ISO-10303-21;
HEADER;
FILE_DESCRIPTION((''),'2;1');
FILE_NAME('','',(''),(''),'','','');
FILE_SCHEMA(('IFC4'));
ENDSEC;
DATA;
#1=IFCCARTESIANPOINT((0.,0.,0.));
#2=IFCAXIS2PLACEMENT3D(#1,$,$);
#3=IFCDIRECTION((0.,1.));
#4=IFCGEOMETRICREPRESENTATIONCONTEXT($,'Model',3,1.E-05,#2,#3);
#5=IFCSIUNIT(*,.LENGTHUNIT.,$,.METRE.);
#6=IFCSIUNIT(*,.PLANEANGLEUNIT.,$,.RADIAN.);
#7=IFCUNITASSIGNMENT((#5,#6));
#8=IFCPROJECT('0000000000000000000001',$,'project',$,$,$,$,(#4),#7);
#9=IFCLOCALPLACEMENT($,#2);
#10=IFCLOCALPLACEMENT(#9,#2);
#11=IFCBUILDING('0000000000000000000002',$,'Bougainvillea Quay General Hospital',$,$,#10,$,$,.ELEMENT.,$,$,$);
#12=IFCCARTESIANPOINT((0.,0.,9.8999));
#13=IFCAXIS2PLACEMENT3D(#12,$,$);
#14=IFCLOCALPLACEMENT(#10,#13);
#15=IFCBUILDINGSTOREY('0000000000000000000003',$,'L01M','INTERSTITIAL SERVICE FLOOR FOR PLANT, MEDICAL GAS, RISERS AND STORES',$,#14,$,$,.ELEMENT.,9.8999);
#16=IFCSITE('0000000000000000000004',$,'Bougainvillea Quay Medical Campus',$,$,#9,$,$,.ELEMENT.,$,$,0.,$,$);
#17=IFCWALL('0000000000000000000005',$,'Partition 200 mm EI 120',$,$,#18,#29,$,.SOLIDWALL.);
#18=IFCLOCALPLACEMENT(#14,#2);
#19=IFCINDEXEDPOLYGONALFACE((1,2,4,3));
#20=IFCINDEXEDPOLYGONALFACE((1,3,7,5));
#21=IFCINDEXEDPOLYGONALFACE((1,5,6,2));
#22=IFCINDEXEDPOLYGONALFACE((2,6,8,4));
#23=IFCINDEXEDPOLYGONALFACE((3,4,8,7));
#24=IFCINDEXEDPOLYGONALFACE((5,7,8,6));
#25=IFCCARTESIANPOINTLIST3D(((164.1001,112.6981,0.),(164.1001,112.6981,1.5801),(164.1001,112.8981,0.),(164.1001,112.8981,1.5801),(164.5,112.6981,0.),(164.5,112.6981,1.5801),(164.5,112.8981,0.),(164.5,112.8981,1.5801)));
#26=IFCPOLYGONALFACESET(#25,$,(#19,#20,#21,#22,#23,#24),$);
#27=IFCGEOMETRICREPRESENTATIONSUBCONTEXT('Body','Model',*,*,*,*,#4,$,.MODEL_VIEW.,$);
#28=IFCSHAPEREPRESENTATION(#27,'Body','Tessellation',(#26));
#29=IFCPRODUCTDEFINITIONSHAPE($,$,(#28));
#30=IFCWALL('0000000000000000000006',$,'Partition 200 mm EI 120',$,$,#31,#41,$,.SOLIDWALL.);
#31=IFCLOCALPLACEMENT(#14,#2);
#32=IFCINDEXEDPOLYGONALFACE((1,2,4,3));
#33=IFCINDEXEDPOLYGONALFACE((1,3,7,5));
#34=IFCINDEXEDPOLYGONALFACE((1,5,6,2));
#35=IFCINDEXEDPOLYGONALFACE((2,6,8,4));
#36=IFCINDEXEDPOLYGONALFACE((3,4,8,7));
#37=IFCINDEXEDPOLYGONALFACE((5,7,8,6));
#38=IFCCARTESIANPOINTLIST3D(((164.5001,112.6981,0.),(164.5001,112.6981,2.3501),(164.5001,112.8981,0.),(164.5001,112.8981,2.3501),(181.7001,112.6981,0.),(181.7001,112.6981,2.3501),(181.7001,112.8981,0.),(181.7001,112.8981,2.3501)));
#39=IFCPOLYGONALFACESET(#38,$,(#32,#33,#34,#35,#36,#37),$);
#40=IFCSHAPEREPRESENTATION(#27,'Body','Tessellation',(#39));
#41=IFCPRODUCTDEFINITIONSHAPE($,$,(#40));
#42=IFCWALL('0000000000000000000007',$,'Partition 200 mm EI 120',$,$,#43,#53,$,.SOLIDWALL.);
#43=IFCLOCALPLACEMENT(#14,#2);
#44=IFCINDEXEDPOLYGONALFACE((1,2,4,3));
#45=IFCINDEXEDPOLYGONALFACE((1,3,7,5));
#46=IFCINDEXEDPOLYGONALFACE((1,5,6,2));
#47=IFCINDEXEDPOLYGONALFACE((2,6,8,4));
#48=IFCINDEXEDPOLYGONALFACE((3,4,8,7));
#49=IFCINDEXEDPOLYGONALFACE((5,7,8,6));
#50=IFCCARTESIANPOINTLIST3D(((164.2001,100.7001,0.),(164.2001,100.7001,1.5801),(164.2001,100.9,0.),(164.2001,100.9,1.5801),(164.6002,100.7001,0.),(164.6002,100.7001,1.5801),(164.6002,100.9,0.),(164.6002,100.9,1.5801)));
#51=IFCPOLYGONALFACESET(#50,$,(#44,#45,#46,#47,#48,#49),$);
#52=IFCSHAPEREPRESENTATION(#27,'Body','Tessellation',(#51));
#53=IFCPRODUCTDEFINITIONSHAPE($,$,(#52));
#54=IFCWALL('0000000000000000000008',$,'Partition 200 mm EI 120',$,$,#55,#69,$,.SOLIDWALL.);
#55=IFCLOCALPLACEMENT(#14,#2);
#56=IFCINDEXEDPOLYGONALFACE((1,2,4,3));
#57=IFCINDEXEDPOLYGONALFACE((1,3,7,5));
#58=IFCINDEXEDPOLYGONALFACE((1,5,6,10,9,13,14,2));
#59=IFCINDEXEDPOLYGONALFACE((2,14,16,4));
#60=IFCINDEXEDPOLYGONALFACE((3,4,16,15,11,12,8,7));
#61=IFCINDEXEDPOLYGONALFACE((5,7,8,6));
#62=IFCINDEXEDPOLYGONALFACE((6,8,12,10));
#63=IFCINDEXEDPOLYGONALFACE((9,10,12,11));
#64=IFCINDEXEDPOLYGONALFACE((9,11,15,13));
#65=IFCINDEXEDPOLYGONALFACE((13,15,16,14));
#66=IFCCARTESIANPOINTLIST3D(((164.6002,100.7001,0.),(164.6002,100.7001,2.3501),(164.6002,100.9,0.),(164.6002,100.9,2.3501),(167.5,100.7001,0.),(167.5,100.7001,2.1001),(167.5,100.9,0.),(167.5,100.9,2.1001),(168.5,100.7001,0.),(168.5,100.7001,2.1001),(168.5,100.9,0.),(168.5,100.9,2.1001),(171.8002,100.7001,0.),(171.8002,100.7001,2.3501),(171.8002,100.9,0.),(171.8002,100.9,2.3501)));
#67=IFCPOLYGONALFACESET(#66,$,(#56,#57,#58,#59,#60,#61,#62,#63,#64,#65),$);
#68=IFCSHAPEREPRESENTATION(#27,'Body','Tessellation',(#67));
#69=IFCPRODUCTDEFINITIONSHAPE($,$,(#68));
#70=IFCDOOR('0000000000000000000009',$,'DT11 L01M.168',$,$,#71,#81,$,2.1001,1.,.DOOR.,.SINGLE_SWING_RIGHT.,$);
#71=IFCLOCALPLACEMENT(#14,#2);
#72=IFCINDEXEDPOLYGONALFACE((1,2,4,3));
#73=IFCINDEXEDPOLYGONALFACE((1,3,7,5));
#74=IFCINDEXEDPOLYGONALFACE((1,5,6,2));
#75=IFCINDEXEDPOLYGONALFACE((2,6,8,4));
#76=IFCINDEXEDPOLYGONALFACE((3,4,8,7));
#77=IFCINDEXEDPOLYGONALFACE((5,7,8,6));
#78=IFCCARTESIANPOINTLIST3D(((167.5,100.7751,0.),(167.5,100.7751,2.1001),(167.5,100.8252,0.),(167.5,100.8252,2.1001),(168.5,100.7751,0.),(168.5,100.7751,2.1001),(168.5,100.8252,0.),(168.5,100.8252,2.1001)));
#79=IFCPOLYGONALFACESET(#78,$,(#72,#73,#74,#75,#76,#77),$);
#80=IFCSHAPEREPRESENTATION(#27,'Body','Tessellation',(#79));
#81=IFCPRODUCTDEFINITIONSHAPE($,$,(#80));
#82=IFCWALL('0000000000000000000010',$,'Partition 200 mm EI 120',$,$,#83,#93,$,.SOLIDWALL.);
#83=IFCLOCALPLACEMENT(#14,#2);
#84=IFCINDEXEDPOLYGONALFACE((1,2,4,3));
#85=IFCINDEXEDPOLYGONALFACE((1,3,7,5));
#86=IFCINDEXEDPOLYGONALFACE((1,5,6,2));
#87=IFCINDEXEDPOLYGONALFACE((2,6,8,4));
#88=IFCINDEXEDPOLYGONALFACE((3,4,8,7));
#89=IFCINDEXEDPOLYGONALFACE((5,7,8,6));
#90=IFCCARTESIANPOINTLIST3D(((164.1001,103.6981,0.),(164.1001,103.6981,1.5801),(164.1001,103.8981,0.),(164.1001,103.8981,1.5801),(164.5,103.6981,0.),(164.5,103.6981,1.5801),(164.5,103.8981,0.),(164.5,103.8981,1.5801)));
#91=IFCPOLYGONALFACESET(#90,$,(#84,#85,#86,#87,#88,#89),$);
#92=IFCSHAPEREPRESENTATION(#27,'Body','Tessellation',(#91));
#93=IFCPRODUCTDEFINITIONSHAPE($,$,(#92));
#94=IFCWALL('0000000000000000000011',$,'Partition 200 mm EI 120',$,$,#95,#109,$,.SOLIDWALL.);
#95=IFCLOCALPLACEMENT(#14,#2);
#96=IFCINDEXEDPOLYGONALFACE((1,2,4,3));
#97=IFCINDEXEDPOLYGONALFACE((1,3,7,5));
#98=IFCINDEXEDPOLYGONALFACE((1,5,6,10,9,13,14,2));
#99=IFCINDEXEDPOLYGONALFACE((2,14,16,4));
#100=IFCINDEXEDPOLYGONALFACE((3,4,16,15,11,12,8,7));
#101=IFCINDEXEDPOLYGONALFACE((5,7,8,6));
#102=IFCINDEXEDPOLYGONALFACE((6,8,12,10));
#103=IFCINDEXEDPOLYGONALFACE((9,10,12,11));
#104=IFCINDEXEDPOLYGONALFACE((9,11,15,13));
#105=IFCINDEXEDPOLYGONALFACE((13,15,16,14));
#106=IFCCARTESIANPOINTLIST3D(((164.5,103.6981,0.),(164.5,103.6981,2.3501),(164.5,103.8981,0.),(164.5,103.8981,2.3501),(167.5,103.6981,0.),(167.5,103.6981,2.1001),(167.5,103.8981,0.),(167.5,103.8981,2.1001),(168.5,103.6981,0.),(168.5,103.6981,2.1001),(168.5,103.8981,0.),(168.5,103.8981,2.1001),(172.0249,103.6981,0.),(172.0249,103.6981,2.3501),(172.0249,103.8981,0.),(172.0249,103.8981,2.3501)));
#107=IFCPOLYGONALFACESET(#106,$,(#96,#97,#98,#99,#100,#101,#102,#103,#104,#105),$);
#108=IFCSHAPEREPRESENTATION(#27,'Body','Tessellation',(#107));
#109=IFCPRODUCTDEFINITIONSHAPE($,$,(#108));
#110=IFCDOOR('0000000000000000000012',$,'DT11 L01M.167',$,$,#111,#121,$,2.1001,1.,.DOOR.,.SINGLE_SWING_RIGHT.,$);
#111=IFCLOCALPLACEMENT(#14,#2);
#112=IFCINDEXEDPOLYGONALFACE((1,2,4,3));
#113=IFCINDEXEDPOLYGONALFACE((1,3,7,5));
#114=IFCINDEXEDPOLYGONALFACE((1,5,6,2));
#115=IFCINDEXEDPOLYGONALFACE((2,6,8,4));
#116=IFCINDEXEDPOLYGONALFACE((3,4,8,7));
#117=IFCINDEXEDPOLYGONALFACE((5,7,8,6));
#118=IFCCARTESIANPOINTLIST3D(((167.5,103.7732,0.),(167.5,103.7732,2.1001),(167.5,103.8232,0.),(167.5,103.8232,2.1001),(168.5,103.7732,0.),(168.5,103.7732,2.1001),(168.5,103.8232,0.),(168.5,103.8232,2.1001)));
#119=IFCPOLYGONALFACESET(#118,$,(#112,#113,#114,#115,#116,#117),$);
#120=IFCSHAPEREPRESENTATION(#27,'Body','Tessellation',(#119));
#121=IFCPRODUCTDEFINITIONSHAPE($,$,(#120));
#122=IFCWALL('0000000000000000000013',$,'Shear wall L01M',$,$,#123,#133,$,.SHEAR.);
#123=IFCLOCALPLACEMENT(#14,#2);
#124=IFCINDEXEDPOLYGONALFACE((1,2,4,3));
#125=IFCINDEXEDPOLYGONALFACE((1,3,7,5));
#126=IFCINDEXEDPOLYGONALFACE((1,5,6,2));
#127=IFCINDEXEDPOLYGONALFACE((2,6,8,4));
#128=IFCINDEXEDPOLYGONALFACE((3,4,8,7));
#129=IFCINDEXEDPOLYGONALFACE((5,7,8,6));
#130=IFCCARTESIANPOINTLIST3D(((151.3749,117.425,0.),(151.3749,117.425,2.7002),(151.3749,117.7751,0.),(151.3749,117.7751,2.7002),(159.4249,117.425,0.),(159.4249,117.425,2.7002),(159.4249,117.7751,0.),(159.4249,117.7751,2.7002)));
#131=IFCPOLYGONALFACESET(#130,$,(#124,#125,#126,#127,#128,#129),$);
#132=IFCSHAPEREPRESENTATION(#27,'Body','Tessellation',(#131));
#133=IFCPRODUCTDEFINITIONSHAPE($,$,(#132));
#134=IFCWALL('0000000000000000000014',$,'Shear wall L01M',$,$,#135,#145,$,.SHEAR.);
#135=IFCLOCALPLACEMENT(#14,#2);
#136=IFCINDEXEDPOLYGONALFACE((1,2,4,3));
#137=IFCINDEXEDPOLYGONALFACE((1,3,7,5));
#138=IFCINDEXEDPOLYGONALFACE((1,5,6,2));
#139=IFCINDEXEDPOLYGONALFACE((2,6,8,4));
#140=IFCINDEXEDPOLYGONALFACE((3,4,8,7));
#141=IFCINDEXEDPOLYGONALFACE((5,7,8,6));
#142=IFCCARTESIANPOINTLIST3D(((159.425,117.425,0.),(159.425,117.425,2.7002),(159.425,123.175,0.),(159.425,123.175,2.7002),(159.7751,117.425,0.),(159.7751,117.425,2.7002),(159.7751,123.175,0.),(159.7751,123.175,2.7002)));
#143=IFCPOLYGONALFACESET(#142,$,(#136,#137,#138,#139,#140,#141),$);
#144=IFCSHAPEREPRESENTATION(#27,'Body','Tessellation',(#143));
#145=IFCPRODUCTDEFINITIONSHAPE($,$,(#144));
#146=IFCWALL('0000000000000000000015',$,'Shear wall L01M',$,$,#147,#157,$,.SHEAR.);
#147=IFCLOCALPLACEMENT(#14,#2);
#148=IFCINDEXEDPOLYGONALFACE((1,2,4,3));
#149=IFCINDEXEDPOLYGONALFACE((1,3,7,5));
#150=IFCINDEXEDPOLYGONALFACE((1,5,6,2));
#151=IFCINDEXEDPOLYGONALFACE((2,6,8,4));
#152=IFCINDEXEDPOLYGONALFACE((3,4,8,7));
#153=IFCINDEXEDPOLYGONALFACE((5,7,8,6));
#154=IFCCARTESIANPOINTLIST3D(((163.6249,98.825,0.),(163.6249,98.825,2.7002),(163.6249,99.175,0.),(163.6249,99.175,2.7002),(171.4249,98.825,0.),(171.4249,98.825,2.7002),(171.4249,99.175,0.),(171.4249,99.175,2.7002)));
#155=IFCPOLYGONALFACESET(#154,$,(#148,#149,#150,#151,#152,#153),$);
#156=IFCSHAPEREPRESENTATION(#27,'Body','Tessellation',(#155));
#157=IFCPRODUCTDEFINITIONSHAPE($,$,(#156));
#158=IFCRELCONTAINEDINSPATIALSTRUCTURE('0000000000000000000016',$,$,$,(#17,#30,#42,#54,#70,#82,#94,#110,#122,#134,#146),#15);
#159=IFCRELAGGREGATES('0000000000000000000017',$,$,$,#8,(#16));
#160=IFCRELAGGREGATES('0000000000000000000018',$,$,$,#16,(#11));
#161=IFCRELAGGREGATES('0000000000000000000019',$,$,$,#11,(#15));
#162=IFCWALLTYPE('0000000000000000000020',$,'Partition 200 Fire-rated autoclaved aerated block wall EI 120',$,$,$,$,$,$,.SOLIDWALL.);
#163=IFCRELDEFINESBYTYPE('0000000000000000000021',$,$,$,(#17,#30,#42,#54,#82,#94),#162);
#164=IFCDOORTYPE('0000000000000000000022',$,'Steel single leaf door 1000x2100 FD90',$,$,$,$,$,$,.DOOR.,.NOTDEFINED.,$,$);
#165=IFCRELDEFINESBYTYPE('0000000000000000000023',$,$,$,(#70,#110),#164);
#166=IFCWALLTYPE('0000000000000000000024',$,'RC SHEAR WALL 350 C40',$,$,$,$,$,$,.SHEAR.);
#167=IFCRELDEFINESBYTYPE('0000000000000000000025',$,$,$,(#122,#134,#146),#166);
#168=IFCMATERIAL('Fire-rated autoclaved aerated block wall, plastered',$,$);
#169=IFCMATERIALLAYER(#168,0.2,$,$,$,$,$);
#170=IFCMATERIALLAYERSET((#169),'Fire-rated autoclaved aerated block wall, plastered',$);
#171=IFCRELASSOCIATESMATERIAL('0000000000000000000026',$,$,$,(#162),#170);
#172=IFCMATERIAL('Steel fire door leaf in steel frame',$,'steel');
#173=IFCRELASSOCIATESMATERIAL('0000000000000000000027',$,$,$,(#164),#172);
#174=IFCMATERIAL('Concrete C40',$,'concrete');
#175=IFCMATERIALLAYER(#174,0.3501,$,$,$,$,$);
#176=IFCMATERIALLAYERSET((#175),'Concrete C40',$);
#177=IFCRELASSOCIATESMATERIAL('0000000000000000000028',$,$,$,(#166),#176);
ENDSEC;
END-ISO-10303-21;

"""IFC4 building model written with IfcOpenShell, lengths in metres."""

from ifc_helpers import new_model, si_unit, direction, frame, frame_2d, origin, place, context, subcontext, project, spatial, rectangle, extrude, material, layer, layer_set, type_object, element, fill, save


model = new_model("IFC4")

# Units and contexts
model_context = context("Model", 3, precision=1e-05, world=origin(), true_north=direction((0.0, 1.0)))
body_context = subcontext(model_context, "Body", "Model", "MODEL_VIEW")
ifc_project = project(units=[si_unit("LENGTHUNIT", "METRE"), si_unit("PLANEANGLEUNIT", "RADIAN")], contexts=[model_context])

# Site, building, storey
site_placement = place(None, origin())
site = spatial("IfcSite", under=ifc_project, at=site_placement, Name="Bougainvillea Quay Medical Campus", CompositionType="ELEMENT", RefElevation=0.0)
building_placement = place(site_placement, origin())
building = spatial("IfcBuilding", under=site, at=building_placement, Name="Bougainvillea Quay General Hospital", CompositionType="ELEMENT")
storey_placement = place(building_placement, frame((0.0, 0.0, 9.8999)))
storey = spatial("IfcBuildingStorey", under=building, at=storey_placement, Name="L01M", Description="INTERSTITIAL SERVICE FLOOR FOR PLANT, MEDICAL GAS, RISERS AND STORES", CompositionType="ELEMENT", Elevation=9.8999)

# Shared definitions
ifc_material_1 = material(Name="Concrete C40", Category="concrete")

# Walls
ifc_material_2 = material(Name="Fire-rated autoclaved aerated block wall, plastered")
ifc_layer_1 = layer(ifc_material_2, 0.2)
ifc_layer_set_1 = layer_set([ifc_layer_1], Name="Fire-rated autoclaved aerated block wall, plastered")
wall_type_1 = type_object("IfcWallType", Name="Partition 200 Fire-rated autoclaved aerated block wall EI 120", PredefinedType="SOLIDWALL", material=ifc_layer_set_1)
wall_1_placement = place(storey_placement, frame((164.1001, 112.7981, 0.0), z_axis=(0.0, 0.0, 1.0), x_axis=(1.0, 0.0, 0.0)))
element("IfcWall", 1, at=wall_1_placement, inside=storey, type_object=wall_type_1, Name="Partition 200 mm EI 120", PredefinedType="SOLIDWALL", context=body_context, shape_type="SweptSolid", body=[
    extrude(rectangle(XDim=0.3999, YDim=0.2, at=frame_2d((0.2, 0.0))), origin(), (0.0, 0.0, 1.0), 1.5801),
])
wall_2_placement = place(storey_placement, frame((164.5, 112.7981, 0.0), z_axis=(0.0, 0.0, 1.0), x_axis=(1.0, 0.0, 0.0)))
element("IfcWall", 2, at=wall_2_placement, inside=storey, type_object=wall_type_1, Name="Partition 200 mm EI 120", PredefinedType="SOLIDWALL", context=body_context, shape_type="SweptSolid", body=[
    extrude(rectangle(XDim=17.2, YDim=0.2, at=frame_2d((8.6001, 0.0))), origin(), (0.0, 0.0, 1.0), 2.3501),
])
wall_3_placement = place(storey_placement, frame((164.2, 100.8, 0.0), z_axis=(0.0, 0.0, 1.0), x_axis=(1.0, 0.0, 0.0)))
element("IfcWall", 3, at=wall_3_placement, inside=storey, type_object=wall_type_1, Name="Partition 200 mm EI 120", PredefinedType="SOLIDWALL", context=body_context, shape_type="SweptSolid", body=[
    extrude(rectangle(XDim=0.4001, YDim=0.2, at=frame_2d((0.2002, 0.0))), origin(), (0.0, 0.0, 1.0), 1.5801),
])

# Wall, opening, door
wall_4_placement = place(storey_placement, frame((164.6001, 100.8, 0.0), z_axis=(0.0, 0.0, 1.0), x_axis=(1.0, 0.0, 0.0)))
wall_4 = element("IfcWall", 4, at=wall_4_placement, inside=storey, type_object=wall_type_1, Name="Partition 200 mm EI 120", PredefinedType="SOLIDWALL", context=body_context, shape_type="SweptSolid", body=[
    extrude(rectangle(XDim=7.2, YDim=0.2, at=frame_2d((3.6001, 0.0))), origin(), (0.0, 0.0, 1.0), 2.3501),
])
opening_1_placement = place(wall_4_placement, frame((2.8999, 0.0, 0.0)))
opening_1 = element("IfcOpeningElement", 5, at=opening_1_placement, cuts=wall_4, PredefinedType="OPENING", context=body_context, shape_type="SweptSolid", body=[
    extrude(rectangle(XDim=1.0, YDim=2.1001, at=frame_2d((0.5, 1.05))), frame((0.0, 0.1099, 0.0), z_axis=(0.0, -1.0, 0.0), x_axis=(1.0, 0.0, 0.0)), (0.0, 0.0, 1.0), 0.22),
])
ifc_material_3 = material(Name="Steel fire door leaf in steel frame", Category="steel")
door_type = type_object("IfcDoorType", Name="Steel single leaf door 1000x2100 FD90", OperationType="NOTDEFINED", PredefinedType="DOOR", material=ifc_material_3)
door_1_placement = place(opening_1_placement, frame((1.0, 0.0, 0.0), z_axis=(0.0, 0.0, 1.0), x_axis=(-1.0, 0.0, 0.0)))
door_1 = element("IfcDoor", 6, at=door_1_placement, inside=storey, type_object=door_type, Name="DT11 L01M.168", OperationType="SINGLE_SWING_RIGHT", OverallHeight=2.1001, OverallWidth=1.0, PredefinedType="DOOR", context=body_context, shape_type="SweptSolid", body=[
    extrude(rectangle(XDim=1.0, YDim=2.1001, at=frame_2d((0.5, 1.05))), frame((0.0, 0.0249, 0.0), z_axis=(0.0, -1.0, 0.0), x_axis=(1.0, 0.0, 0.0)), (0.0, 0.0, 1.0), 0.05),
])
fill(opening_1, door_1)

# Wall
wall_5_placement = place(storey_placement, frame((164.1001, 103.7981, 0.0), z_axis=(0.0, 0.0, 1.0), x_axis=(1.0, 0.0, 0.0)))
element("IfcWall", 7, at=wall_5_placement, inside=storey, type_object=wall_type_1, Name="Partition 200 mm EI 120", PredefinedType="SOLIDWALL", context=body_context, shape_type="SweptSolid", body=[
    extrude(rectangle(XDim=0.3999, YDim=0.2, at=frame_2d((0.2, 0.0))), origin(), (0.0, 0.0, 1.0), 1.5801),
])

# Wall, opening, door
wall_6_placement = place(storey_placement, frame((164.5, 103.7981, 0.0), z_axis=(0.0, 0.0, 1.0), x_axis=(1.0, 0.0, 0.0)))
wall_6 = element("IfcWall", 8, at=wall_6_placement, inside=storey, type_object=wall_type_1, Name="Partition 200 mm EI 120", PredefinedType="SOLIDWALL", context=body_context, shape_type="SweptSolid", body=[
    extrude(rectangle(XDim=7.5249, YDim=0.2, at=frame_2d((3.7625, 0.0))), origin(), (0.0, 0.0, 1.0), 2.3501),
])
opening_2_placement = place(wall_6_placement, frame((3.0, 0.0, 0.0)))
opening_2 = element("IfcOpeningElement", 9, at=opening_2_placement, cuts=wall_6, PredefinedType="OPENING", context=body_context, shape_type="SweptSolid", body=[
    extrude(rectangle(XDim=1.0, YDim=2.1001, at=frame_2d((0.5, 1.05))), frame((0.0, 0.1099, 0.0), z_axis=(0.0, -1.0, 0.0), x_axis=(1.0, 0.0, 0.0)), (0.0, 0.0, 1.0), 0.22),
])
door_2_placement = place(opening_2_placement, frame((1.0, 0.0, 0.0), z_axis=(0.0, 0.0, 1.0), x_axis=(-1.0, 0.0, 0.0)))
door_2 = element("IfcDoor", 10, at=door_2_placement, inside=storey, type_object=door_type, Name="DT11 L01M.167", OperationType="SINGLE_SWING_RIGHT", OverallHeight=2.1001, OverallWidth=1.0, PredefinedType="DOOR", context=body_context, shape_type="SweptSolid", body=[
    extrude(rectangle(XDim=1.0, YDim=2.1001, at=frame_2d((0.5, 1.05))), frame((0.0, 0.0249, 0.0), z_axis=(0.0, -1.0, 0.0), x_axis=(1.0, 0.0, 0.0)), (0.0, 0.0, 1.0), 0.05),
])
fill(opening_2, door_2)

# Walls
ifc_layer_2 = layer(ifc_material_1, 0.3501)
ifc_layer_set_2 = layer_set([ifc_layer_2], Name="Concrete C40")
wall_type_2 = type_object("IfcWallType", Name="RC SHEAR WALL 350 C40", PredefinedType="SHEAR", material=ifc_layer_set_2)
wall_7_placement = place(storey_placement, frame((151.375, 117.6001, 0.0), z_axis=(0.0, 0.0, 1.0), x_axis=(1.0, 0.0, 0.0)))
element("IfcWall", 11, at=wall_7_placement, inside=storey, type_object=wall_type_2, Name="Shear wall L01M", PredefinedType="SHEAR", context=body_context, shape_type="SweptSolid", body=[
    extrude(rectangle(XDim=8.05, YDim=0.3501, at=frame_2d((4.0249, 0.0))), origin(), (0.0, 0.0, 1.0), 2.7002),
])
wall_8_placement = place(storey_placement, frame((159.6001, 117.425, 0.0), z_axis=(0.0, 0.0, 1.0), x_axis=(0.0, 1.0, 0.0)))
element("IfcWall", 12, at=wall_8_placement, inside=storey, type_object=wall_type_2, Name="Shear wall L01M", PredefinedType="SHEAR", context=body_context, shape_type="SweptSolid", body=[
    extrude(rectangle(XDim=5.75, YDim=0.3501, at=frame_2d((2.875, 0.0))), origin(), (0.0, 0.0, 1.0), 2.7002),
])
wall_9_placement = place(storey_placement, frame((163.625, 99.0, 0.0), z_axis=(0.0, 0.0, 1.0), x_axis=(1.0, 0.0, 0.0)))
element("IfcWall", 13, at=wall_9_placement, inside=storey, type_object=wall_type_2, Name="Shear wall L01M", PredefinedType="SHEAR", context=body_context, shape_type="SweptSolid", body=[
    extrude(rectangle(XDim=7.8, YDim=0.3501, at=frame_2d((3.8999, 0.0))), origin(), (0.0, 0.0, 1.0), 2.7002),
])

save(model, "model.ifc")
